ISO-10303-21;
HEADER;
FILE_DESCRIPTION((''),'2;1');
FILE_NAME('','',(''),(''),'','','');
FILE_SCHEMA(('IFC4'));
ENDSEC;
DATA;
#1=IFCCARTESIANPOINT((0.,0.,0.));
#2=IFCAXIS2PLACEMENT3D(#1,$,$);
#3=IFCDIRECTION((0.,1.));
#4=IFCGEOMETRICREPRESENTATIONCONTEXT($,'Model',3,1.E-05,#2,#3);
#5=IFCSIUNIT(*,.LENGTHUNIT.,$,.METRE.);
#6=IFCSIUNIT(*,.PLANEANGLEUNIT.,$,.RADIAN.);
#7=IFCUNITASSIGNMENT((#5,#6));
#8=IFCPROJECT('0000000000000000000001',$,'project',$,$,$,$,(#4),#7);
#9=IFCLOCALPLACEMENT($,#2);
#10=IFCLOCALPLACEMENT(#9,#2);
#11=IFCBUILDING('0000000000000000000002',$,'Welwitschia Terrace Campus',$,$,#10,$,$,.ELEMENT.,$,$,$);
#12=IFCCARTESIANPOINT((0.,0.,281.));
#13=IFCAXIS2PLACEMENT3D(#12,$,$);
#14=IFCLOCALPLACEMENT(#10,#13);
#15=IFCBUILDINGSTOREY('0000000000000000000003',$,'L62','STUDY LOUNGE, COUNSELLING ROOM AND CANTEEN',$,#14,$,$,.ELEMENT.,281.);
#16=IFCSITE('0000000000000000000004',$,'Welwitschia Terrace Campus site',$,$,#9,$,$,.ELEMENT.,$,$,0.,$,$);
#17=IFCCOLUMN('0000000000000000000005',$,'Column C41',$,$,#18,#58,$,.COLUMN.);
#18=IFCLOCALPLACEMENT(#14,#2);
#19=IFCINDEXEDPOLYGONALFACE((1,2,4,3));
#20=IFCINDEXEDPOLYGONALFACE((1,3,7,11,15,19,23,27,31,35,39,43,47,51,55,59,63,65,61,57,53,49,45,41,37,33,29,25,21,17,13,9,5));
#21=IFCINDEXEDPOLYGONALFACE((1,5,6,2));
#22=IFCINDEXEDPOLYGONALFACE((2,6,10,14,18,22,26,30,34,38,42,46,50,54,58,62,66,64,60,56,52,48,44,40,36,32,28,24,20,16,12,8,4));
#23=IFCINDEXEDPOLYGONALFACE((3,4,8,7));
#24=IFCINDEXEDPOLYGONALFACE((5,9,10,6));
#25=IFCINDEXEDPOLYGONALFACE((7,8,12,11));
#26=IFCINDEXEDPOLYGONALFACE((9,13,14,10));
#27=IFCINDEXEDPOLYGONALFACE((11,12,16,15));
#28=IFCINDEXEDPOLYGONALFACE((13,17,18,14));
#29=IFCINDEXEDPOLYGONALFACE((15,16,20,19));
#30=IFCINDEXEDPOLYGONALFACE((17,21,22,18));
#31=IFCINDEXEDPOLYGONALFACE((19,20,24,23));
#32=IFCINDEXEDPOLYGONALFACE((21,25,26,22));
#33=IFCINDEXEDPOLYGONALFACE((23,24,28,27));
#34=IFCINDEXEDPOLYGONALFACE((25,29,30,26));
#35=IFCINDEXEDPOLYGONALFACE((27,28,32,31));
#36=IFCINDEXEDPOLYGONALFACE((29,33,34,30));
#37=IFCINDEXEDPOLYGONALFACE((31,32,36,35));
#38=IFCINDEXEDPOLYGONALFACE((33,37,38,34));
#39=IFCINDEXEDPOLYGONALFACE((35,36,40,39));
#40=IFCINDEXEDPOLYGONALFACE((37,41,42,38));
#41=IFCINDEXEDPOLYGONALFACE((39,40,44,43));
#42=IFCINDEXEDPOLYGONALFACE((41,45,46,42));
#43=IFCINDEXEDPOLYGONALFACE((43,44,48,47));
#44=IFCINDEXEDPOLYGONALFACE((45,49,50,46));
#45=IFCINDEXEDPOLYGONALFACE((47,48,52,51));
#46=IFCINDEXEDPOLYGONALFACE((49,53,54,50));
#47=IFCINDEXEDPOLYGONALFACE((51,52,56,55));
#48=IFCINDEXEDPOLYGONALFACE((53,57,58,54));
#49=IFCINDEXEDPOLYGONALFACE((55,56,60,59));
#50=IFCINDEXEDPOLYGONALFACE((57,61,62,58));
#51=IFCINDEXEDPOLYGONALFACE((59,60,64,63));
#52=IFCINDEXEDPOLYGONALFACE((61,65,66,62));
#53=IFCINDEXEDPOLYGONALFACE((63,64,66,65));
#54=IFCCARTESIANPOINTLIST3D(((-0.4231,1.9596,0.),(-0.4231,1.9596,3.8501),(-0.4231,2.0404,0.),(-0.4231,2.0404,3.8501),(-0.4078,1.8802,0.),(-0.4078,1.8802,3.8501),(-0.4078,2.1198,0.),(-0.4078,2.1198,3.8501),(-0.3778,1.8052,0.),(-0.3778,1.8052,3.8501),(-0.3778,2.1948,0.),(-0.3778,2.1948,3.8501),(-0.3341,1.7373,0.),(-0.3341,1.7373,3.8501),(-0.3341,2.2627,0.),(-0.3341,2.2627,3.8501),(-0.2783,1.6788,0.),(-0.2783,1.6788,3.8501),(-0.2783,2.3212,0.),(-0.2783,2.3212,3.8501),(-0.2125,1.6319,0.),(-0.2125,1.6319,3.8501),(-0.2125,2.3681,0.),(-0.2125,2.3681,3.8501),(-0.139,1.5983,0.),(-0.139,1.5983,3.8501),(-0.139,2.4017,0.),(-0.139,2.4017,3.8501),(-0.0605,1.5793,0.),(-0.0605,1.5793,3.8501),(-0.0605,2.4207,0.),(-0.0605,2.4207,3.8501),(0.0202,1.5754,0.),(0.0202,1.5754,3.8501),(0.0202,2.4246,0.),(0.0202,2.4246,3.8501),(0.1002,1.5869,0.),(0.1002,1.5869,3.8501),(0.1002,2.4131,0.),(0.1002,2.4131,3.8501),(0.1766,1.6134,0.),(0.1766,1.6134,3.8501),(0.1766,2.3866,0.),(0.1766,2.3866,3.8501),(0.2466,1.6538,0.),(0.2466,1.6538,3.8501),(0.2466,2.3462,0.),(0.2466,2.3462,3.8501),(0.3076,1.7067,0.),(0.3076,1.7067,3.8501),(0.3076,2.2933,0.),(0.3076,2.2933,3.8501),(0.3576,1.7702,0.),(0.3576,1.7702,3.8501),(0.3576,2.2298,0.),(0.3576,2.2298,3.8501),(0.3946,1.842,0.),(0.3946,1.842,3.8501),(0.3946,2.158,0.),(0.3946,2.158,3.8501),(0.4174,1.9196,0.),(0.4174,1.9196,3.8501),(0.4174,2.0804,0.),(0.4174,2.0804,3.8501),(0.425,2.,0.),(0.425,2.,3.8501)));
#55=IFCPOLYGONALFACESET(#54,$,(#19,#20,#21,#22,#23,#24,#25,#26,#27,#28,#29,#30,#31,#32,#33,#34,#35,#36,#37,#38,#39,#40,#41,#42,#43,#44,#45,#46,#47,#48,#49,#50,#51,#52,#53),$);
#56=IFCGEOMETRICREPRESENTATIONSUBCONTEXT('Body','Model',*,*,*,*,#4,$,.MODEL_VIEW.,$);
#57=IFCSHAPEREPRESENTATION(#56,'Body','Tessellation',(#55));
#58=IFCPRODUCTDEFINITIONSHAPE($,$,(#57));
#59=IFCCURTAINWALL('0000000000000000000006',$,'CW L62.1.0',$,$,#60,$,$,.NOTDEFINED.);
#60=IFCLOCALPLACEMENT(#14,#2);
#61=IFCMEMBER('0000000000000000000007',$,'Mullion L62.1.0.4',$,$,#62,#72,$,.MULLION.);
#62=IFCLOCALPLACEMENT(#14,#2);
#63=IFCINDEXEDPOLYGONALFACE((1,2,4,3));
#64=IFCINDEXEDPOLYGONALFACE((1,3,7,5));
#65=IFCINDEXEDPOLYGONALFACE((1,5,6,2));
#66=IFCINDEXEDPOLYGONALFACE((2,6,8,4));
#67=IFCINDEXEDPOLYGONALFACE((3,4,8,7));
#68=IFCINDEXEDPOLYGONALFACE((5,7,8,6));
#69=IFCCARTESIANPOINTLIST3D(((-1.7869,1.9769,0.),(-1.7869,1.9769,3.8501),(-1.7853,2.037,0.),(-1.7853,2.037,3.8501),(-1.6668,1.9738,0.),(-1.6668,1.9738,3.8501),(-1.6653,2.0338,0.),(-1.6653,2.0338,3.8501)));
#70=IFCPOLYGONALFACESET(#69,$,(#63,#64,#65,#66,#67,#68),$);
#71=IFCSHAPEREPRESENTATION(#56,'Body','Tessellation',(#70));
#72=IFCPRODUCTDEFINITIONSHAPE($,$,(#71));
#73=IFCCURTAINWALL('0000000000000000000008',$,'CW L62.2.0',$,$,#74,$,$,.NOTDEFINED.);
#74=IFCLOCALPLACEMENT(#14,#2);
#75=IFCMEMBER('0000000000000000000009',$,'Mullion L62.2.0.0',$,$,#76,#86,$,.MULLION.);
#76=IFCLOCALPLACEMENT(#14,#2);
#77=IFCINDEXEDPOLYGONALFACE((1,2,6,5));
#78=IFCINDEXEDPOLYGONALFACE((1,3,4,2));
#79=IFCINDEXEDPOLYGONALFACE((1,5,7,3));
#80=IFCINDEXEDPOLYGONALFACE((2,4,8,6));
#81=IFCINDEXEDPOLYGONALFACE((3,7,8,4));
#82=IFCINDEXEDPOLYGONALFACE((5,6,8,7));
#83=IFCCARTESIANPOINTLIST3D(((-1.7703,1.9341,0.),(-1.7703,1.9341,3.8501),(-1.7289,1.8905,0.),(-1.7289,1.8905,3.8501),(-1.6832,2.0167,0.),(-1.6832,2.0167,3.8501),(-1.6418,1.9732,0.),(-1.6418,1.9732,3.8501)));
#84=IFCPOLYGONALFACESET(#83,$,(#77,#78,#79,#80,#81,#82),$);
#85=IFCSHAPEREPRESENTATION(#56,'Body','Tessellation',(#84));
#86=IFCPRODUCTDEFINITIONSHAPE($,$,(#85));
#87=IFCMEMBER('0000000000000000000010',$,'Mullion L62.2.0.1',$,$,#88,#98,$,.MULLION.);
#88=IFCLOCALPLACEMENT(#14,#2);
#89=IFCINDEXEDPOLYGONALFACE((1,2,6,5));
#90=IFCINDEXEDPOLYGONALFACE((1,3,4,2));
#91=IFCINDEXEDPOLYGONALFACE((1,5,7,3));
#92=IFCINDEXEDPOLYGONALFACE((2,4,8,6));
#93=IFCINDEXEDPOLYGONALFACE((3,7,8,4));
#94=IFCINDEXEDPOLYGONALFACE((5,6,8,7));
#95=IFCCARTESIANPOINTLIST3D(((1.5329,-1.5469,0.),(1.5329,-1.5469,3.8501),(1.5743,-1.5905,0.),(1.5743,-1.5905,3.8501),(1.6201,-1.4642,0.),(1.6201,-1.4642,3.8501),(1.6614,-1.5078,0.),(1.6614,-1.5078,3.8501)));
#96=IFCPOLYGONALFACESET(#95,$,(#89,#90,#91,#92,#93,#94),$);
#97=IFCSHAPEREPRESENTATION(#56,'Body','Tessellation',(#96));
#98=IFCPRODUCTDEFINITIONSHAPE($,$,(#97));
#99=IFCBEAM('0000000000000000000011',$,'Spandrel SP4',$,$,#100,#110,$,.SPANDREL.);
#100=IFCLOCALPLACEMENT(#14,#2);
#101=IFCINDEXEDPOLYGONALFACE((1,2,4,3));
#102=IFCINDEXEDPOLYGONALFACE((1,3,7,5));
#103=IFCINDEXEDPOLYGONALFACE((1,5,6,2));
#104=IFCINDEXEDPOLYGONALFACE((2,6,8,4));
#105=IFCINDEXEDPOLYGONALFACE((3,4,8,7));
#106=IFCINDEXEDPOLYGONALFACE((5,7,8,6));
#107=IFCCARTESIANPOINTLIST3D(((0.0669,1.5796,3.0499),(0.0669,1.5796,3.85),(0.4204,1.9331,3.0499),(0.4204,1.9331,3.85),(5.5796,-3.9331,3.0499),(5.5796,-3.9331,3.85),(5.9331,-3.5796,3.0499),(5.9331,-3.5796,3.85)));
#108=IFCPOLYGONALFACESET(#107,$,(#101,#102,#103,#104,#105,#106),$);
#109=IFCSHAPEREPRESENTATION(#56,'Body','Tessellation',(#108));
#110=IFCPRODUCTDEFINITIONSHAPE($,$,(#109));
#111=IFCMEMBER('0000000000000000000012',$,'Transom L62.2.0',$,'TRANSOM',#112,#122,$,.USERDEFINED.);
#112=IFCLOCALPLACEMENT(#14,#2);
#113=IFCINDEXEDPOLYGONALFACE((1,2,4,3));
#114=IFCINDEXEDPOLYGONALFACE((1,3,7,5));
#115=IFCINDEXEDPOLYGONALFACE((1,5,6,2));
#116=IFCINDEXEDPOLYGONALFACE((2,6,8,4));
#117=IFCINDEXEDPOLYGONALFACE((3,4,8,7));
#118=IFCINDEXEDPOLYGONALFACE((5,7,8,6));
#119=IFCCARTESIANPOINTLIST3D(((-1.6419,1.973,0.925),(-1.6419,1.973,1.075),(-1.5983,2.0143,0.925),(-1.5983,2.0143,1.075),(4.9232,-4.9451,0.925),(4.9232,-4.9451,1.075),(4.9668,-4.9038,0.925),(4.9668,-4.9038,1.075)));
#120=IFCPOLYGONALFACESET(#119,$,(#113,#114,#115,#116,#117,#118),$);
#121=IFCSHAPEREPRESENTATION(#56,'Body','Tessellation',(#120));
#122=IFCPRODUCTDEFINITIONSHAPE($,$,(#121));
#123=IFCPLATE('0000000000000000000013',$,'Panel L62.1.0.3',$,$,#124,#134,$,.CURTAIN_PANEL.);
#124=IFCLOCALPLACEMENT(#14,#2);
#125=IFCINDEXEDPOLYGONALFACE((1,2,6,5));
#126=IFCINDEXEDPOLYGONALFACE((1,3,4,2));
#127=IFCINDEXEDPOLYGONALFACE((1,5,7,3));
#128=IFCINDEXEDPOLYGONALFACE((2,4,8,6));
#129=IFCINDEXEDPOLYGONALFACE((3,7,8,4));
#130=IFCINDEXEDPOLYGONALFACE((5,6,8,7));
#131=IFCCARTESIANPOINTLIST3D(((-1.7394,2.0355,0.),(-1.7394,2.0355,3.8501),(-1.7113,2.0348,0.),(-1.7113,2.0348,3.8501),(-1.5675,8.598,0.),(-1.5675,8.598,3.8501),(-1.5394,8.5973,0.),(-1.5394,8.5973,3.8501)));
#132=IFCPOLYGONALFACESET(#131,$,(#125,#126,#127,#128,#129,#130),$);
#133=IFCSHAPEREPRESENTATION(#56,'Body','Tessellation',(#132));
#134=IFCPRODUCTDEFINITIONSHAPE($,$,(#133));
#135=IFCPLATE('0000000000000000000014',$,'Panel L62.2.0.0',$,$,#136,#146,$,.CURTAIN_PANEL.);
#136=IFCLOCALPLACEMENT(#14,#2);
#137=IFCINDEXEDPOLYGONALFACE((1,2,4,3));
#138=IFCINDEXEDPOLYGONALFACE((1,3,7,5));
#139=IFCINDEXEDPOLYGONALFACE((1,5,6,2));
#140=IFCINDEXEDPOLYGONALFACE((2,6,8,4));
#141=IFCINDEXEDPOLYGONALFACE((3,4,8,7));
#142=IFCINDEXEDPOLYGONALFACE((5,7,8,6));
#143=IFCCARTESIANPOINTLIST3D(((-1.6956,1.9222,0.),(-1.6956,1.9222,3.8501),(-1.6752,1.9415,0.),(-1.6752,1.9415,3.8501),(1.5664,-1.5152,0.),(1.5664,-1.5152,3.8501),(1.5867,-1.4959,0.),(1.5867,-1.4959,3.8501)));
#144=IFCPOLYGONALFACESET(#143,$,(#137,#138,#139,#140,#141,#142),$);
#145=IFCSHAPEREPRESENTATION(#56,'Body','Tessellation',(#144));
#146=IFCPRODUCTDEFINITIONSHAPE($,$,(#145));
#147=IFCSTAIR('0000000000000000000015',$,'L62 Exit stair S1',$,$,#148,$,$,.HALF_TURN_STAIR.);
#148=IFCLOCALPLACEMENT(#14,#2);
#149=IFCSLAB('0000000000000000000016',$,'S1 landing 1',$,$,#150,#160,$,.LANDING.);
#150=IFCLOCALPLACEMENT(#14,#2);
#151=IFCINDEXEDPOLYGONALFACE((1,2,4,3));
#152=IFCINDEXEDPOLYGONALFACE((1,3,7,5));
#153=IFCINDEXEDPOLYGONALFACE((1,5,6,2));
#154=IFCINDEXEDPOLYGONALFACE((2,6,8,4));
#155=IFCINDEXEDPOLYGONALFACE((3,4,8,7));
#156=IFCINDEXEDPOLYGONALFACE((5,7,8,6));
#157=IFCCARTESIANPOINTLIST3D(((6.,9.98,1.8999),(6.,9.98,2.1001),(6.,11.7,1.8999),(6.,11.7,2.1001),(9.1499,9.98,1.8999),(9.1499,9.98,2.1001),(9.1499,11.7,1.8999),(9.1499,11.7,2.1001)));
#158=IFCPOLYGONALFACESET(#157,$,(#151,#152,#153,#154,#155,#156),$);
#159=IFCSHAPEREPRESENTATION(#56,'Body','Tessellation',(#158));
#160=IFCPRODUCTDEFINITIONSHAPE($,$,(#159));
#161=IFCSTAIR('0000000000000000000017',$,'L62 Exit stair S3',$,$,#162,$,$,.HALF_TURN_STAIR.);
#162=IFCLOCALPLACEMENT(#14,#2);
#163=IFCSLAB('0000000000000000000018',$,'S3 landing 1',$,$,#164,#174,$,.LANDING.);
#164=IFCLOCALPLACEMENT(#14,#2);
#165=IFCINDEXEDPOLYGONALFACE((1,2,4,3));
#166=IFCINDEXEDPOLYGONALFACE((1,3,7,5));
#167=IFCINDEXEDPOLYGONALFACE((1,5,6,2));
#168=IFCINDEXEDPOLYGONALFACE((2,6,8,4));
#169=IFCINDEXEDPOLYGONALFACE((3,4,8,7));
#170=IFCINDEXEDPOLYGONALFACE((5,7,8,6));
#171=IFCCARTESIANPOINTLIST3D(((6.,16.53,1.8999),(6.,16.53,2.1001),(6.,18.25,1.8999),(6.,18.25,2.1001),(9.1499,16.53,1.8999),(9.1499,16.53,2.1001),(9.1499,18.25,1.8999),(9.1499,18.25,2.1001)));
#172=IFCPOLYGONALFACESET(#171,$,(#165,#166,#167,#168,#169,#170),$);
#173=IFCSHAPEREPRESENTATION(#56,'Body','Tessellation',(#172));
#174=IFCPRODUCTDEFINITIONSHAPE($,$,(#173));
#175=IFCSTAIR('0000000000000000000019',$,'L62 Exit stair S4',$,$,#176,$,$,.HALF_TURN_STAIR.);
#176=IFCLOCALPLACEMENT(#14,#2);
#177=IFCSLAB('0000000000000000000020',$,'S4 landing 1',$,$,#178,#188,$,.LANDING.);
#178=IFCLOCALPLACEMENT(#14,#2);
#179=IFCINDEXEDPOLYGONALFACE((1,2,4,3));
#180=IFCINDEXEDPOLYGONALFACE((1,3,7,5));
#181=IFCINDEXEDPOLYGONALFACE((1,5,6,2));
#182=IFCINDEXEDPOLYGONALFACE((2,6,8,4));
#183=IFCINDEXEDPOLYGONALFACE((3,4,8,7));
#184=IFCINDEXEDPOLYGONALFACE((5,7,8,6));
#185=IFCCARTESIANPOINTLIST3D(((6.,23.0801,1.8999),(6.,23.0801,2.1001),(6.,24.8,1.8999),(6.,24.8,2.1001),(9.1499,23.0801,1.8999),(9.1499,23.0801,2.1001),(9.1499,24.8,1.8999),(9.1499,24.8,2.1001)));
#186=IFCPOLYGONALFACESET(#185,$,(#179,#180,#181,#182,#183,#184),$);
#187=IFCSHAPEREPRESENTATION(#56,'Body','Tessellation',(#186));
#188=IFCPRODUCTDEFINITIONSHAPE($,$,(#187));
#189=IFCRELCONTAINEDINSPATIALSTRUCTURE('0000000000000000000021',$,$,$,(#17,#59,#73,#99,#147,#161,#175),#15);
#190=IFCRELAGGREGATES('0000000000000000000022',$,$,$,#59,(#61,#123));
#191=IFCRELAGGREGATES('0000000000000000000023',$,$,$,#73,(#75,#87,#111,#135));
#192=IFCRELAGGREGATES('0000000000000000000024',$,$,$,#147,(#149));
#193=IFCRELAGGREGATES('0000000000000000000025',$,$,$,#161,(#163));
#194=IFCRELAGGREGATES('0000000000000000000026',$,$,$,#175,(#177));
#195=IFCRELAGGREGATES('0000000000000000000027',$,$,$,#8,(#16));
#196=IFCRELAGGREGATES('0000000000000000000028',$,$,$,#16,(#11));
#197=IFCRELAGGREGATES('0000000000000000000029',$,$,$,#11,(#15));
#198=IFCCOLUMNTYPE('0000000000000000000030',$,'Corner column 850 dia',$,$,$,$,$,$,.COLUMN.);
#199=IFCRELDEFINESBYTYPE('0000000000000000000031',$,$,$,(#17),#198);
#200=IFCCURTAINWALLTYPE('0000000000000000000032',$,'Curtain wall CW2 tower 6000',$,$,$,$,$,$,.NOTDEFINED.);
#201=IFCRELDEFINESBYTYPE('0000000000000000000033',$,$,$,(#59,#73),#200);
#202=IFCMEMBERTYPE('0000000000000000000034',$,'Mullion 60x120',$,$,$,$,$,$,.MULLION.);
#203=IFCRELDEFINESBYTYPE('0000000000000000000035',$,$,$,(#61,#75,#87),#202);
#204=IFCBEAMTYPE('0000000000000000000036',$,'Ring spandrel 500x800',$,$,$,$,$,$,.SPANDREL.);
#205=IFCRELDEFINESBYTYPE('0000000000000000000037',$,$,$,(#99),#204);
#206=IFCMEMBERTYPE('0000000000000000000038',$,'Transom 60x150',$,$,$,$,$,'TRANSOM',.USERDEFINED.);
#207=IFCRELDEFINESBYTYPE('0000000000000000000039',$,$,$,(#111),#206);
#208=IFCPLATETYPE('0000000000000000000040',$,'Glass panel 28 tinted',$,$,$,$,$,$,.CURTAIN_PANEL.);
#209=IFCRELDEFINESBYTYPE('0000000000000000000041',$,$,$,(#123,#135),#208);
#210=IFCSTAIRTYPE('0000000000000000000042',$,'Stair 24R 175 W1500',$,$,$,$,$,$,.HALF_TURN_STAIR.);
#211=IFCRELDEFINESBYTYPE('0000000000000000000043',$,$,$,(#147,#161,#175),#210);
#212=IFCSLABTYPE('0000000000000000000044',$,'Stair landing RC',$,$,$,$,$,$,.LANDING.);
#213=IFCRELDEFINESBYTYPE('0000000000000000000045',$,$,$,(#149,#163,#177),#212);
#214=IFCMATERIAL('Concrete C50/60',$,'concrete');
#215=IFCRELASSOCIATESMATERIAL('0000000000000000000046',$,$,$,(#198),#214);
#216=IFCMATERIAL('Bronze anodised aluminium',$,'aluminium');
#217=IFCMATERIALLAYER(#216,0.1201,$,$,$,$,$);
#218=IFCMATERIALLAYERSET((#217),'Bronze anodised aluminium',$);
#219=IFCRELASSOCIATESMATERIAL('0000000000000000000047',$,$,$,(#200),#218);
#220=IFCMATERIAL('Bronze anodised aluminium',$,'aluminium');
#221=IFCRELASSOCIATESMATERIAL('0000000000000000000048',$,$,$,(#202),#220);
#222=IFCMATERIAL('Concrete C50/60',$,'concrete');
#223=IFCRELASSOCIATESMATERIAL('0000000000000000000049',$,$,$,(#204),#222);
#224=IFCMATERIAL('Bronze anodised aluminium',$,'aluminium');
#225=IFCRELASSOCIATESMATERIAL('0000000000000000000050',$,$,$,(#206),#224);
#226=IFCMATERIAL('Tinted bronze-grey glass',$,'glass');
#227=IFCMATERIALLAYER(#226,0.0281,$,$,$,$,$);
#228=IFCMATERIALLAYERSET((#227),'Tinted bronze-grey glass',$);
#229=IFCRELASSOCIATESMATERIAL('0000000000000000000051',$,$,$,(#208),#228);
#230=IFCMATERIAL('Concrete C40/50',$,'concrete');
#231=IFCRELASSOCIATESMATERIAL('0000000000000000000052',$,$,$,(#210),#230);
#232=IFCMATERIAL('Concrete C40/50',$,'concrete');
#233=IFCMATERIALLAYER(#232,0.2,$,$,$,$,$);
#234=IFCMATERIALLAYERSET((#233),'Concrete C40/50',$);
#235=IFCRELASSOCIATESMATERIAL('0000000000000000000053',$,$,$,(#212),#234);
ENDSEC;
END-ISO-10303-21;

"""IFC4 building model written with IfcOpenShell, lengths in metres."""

from ifc_helpers import new_model, si_unit, direction, frame, origin, origin_2d, place, context, subcontext, project, spatial, polyline, rectangle, circle, outline, extrude, material, layer, layer_set, material_profile, profile_set, type_object, element, aggregate, save


model = new_model("IFC4")

# Units and contexts
model_context = context("Model", 3, precision=1e-05, world=origin(), true_north=direction((0.0, 1.0)))
body_context = subcontext(model_context, "Body", "Model", "MODEL_VIEW")
ifc_project = project(units=[si_unit("LENGTHUNIT", "METRE"), si_unit("PLANEANGLEUNIT", "RADIAN")], contexts=[model_context])

# Site, building, storey
site_placement = place(None, origin())
site = spatial("IfcSite", under=ifc_project, at=site_placement, Name="Welwitschia Terrace Campus site", CompositionType="ELEMENT", RefElevation=0.0)
building_placement = place(site_placement, origin())
building = spatial("IfcBuilding", under=site, at=building_placement, Name="Welwitschia Terrace Campus", CompositionType="ELEMENT")
storey_placement = place(building_placement, frame((0.0, 0.0, 281.0)))
storey = spatial("IfcBuildingStorey", under=building, at=storey_placement, Name="L62", Description="STUDY LOUNGE, COUNSELLING ROOM AND CANTEEN", CompositionType="ELEMENT", Elevation=281.0)

# Column
ifc_material_1 = material(Name="Concrete C50/60", Category="concrete")
ifc_material_profile_1 = material_profile(ifc_material_1, circle(Radius=0.425, at=origin_2d()))
ifc_profile_set_1 = profile_set([ifc_material_profile_1], Name="Concrete C50/60")
column_type = type_object("IfcColumnType", Name="Corner column 850 dia", PredefinedType="COLUMN", material=ifc_profile_set_1)
column_placement = place(storey_placement, frame((0.0, 2.0, 0.0), z_axis=(0.0, 0.0, 1.0), x_axis=(1.0, 0.0, 0.0)))
element("IfcColumn", 1, at=column_placement, inside=storey, type_object=column_type, Name="Column C41", PredefinedType="COLUMN", context=body_context, shape_type="SweptSolid", body=[
    extrude(circle(Radius=0.425, at=origin_2d()), origin(), (0.0, 0.0, 1.0), 3.8501),
])

# Curtain wall, member
ifc_material_2 = material(Name="Bronze anodised aluminium", Category="aluminium")
ifc_layer_1 = layer(ifc_material_2, 0.1201)
ifc_layer_set_1 = layer_set([ifc_layer_1], Name="Bronze anodised aluminium")
curtain_wall_type = type_object("IfcCurtainWallType", Name="Curtain wall CW2 tower 6000", PredefinedType="NOTDEFINED", material=ifc_layer_set_1)
curtain_wall_1_placement = place(storey_placement, origin())
curtain_wall_1 = element("IfcCurtainWall", 2, at=curtain_wall_1_placement, inside=storey, type_object=curtain_wall_type, Name="CW L62.1.0", PredefinedType="NOTDEFINED")
ifc_material_3 = material(Name="Bronze anodised aluminium", Category="aluminium")
ifc_material_profile_2 = material_profile(ifc_material_3, rectangle(XDim=0.1201, YDim=0.0601, at=origin_2d()))
ifc_profile_set_2 = profile_set([ifc_material_profile_2], Name="Bronze anodised aluminium")
member_type_1 = type_object("IfcMemberType", Name="Mullion 60x120", PredefinedType="MULLION", material=ifc_profile_set_2)
member_1_placement = place(storey_placement, frame((-1.7261, 2.0054, 0.0), z_axis=(0.0, 0.0, 1.0), x_axis=(0.999657, -0.026177, 0.0)))
member_1 = element("IfcMember", 3, at=member_1_placement, type_object=member_type_1, Name="Mullion L62.1.0.4", PredefinedType="MULLION", context=body_context, shape_type="SweptSolid", body=[
    extrude(rectangle(XDim=0.1201, YDim=0.0601, at=origin_2d()), origin(), (0.0, 0.0, 1.0), 3.8501),
])

# Curtain wall, members
curtain_wall_2_placement = place(storey_placement, origin())
curtain_wall_2 = element("IfcCurtainWall", 4, at=curtain_wall_2_placement, inside=storey, type_object=curtain_wall_type, Name="CW L62.2.0", PredefinedType="NOTDEFINED")
member_2_placement = place(storey_placement, frame((-1.7061, 1.9536, 0.0), z_axis=(0.0, 0.0, 1.0), x_axis=(0.725374, 0.688355, 0.0)))
member_2 = element("IfcMember", 5, at=member_2_placement, type_object=member_type_1, Name="Mullion L62.2.0.0", PredefinedType="MULLION", context=body_context, shape_type="SweptSolid", body=[
    extrude(rectangle(XDim=0.1201, YDim=0.0601, at=origin_2d()), origin(), (0.0, 0.0, 1.0), 3.8501),
])
member_3_placement = place(storey_placement, frame((1.5972, -1.5273, 0.0), z_axis=(0.0, 0.0, 1.0), x_axis=(0.725374, 0.688355, 0.0)))
member_3 = element("IfcMember", 6, at=member_3_placement, type_object=member_type_1, Name="Mullion L62.2.0.1", PredefinedType="MULLION", context=body_context, shape_type="SweptSolid", body=[
    extrude(rectangle(XDim=0.1201, YDim=0.0601, at=origin_2d()), origin(), (0.0, 0.0, 1.0), 3.8501),
])

# Beam
ifc_material_4 = material(Name="Concrete C50/60", Category="concrete")
ifc_material_profile_3 = material_profile(ifc_material_4, rectangle(XDim=0.5, YDim=0.8, at=origin_2d()))
ifc_profile_set_3 = profile_set([ifc_material_profile_3], Name="Concrete C50/60")
beam_type = type_object("IfcBeamType", Name="Ring spandrel 500x800", PredefinedType="SPANDREL", material=ifc_profile_set_3)
beam_placement = place(storey_placement, frame((0.2437, 1.7563, 3.45), z_axis=(0.707107, -0.707107, 0.0), x_axis=(0.707107, 0.707107, 0.0)))
element("IfcBeam", 7, at=beam_placement, inside=storey, type_object=beam_type, Name="Spandrel SP4", PredefinedType="SPANDREL", context=body_context, shape_type="SweptSolid", body=[
    extrude(rectangle(XDim=0.5, YDim=0.8, at=origin_2d()), origin(), (0.0, 0.0, 1.0), 7.7961),
])

# Member
ifc_material_5 = material(Name="Bronze anodised aluminium", Category="aluminium")
ifc_material_profile_4 = material_profile(ifc_material_5, rectangle(XDim=0.0601, YDim=0.1499, at=origin_2d()))
ifc_profile_set_4 = profile_set([ifc_material_profile_4], Name="Bronze anodised aluminium")
member_type_2 = type_object("IfcMemberType", Name="Transom 60x150", ElementType="TRANSOM", PredefinedType="USERDEFINED", material=ifc_profile_set_4)
member_4_placement = place(storey_placement, frame((-1.6201, 1.9937, 1.0), z_axis=(0.688357, -0.725372, 0.0), x_axis=(0.725372, 0.688357, 0.0)))
member_4 = element("IfcMember", 8, at=member_4_placement, type_object=member_type_2, Name="Transom L62.2.0", ObjectType="TRANSOM", PredefinedType="USERDEFINED", context=body_context, shape_type="SweptSolid", body=[
    extrude(rectangle(XDim=0.0601, YDim=0.1499, at=origin_2d()), origin(), (0.0, 0.0, 1.0), 9.5374),
])

# Plates
ifc_material_6 = material(Name="Tinted bronze-grey glass", Category="glass")
ifc_layer_2 = layer(ifc_material_6, 0.0281)
ifc_layer_set_2 = layer_set([ifc_layer_2], Name="Tinted bronze-grey glass")
plate_type = type_object("IfcPlateType", Name="Glass panel 28 tinted", PredefinedType="CURTAIN_PANEL", material=ifc_layer_set_2)
plate_1_placement = place(storey_placement, frame((-1.6394, 5.3164, 0.0), z_axis=(0.0, 0.0, 1.0), x_axis=(-0.026177, -0.999657, 0.0)))
plate_1 = element("IfcPlate", 9, at=plate_1_placement, type_object=plate_type, Name="Panel L62.1.0.3", PredefinedType="CURTAIN_PANEL", context=body_context, shape_type="SweptSolid", body=[
    extrude(rectangle(XDim=6.5647, YDim=0.0281, at=origin_2d()), origin(), (0.0, 0.0, 1.0), 3.8501),
])
aggregate(curtain_wall_1, [member_1, plate_1])
plate_2_placement = place(storey_placement, frame((-0.0544, 0.2131, 0.0), z_axis=(0.0, 0.0, 1.0), x_axis=(0.688355, -0.725374, 0.0)))
plate_2 = element("IfcPlate", 10, at=plate_2_placement, type_object=plate_type, Name="Panel L62.2.0.0", PredefinedType="CURTAIN_PANEL", context=body_context, shape_type="SweptSolid", body=[
    extrude(rectangle(XDim=4.7388, YDim=0.0281, at=origin_2d()), origin(), (0.0, 0.0, 1.0), 3.8501),
])
aggregate(curtain_wall_2, [member_2, member_3, member_4, plate_2])

# Stairs, slabs
ifc_material_7 = material(Name="Concrete C40/50", Category="concrete")
stair_type = type_object("IfcStairType", Name="Stair 24R 175 W1500", PredefinedType="HALF_TURN_STAIR", material=ifc_material_7)
stair_1_placement = place(storey_placement, origin())
stair_1 = element("IfcStair", 11, at=stair_1_placement, inside=storey, type_object=stair_type, Name="L62 Exit stair S1", PredefinedType="HALF_TURN_STAIR")
ifc_material_8 = material(Name="Concrete C40/50", Category="concrete")
ifc_layer_3 = layer(ifc_material_8, 0.2)
ifc_layer_set_3 = layer_set([ifc_layer_3], Name="Concrete C40/50")
slab_type_1 = type_object("IfcSlabType", Name="Stair landing RC", PredefinedType="LANDING", material=ifc_layer_set_3)
slab_1_placement = place(storey_placement, frame((0.0, 0.0, 1.8999)))
slab_1 = element("IfcSlab", 12, at=slab_1_placement, type_object=slab_type_1, Name="S1 landing 1", PredefinedType="LANDING", context=body_context, shape_type="SweptSolid", body=[
    extrude(outline(polyline([(9.1499, 9.98), (9.1499, 11.7), (6.0, 11.7), (6.0, 9.98), (9.1499, 9.98)])), origin(), (0.0, 0.0, 1.0), 0.2002),
])
aggregate(stair_1, [slab_1])
stair_2_placement = place(storey_placement, origin())
stair_2 = element("IfcStair", 13, at=stair_2_placement, inside=storey, type_object=stair_type, Name="L62 Exit stair S3", PredefinedType="HALF_TURN_STAIR")
slab_2_placement = place(storey_placement, frame((0.0, 0.0, 1.8999)))
slab_2 = element("IfcSlab", 14, at=slab_2_placement, type_object=slab_type_1, Name="S3 landing 1", PredefinedType="LANDING", context=body_context, shape_type="SweptSolid", body=[
    extrude(outline(polyline([(9.1499, 16.53), (9.1499, 18.25), (6.0, 18.25), (6.0, 16.53), (9.1499, 16.53)])), origin(), (0.0, 0.0, 1.0), 0.2002),
])
aggregate(stair_2, [slab_2])
stair_3_placement = place(storey_placement, origin())
stair_3 = element("IfcStair", 15, at=stair_3_placement, inside=storey, type_object=stair_type, Name="L62 Exit stair S4", PredefinedType="HALF_TURN_STAIR")
slab_3_placement = place(storey_placement, frame((0.0, 0.0, 1.8999)))
slab_3 = element("IfcSlab", 16, at=slab_3_placement, type_object=slab_type_1, Name="S4 landing 1", PredefinedType="LANDING", context=body_context, shape_type="SweptSolid", body=[
    extrude(outline(polyline([(9.1499, 23.0801), (9.1499, 24.8), (6.0, 24.8), (6.0, 23.0801), (9.1499, 23.0801)])), origin(), (0.0, 0.0, 1.0), 0.2002),
])
aggregate(stair_3, [slab_3])

save(model, "model.ifc")
